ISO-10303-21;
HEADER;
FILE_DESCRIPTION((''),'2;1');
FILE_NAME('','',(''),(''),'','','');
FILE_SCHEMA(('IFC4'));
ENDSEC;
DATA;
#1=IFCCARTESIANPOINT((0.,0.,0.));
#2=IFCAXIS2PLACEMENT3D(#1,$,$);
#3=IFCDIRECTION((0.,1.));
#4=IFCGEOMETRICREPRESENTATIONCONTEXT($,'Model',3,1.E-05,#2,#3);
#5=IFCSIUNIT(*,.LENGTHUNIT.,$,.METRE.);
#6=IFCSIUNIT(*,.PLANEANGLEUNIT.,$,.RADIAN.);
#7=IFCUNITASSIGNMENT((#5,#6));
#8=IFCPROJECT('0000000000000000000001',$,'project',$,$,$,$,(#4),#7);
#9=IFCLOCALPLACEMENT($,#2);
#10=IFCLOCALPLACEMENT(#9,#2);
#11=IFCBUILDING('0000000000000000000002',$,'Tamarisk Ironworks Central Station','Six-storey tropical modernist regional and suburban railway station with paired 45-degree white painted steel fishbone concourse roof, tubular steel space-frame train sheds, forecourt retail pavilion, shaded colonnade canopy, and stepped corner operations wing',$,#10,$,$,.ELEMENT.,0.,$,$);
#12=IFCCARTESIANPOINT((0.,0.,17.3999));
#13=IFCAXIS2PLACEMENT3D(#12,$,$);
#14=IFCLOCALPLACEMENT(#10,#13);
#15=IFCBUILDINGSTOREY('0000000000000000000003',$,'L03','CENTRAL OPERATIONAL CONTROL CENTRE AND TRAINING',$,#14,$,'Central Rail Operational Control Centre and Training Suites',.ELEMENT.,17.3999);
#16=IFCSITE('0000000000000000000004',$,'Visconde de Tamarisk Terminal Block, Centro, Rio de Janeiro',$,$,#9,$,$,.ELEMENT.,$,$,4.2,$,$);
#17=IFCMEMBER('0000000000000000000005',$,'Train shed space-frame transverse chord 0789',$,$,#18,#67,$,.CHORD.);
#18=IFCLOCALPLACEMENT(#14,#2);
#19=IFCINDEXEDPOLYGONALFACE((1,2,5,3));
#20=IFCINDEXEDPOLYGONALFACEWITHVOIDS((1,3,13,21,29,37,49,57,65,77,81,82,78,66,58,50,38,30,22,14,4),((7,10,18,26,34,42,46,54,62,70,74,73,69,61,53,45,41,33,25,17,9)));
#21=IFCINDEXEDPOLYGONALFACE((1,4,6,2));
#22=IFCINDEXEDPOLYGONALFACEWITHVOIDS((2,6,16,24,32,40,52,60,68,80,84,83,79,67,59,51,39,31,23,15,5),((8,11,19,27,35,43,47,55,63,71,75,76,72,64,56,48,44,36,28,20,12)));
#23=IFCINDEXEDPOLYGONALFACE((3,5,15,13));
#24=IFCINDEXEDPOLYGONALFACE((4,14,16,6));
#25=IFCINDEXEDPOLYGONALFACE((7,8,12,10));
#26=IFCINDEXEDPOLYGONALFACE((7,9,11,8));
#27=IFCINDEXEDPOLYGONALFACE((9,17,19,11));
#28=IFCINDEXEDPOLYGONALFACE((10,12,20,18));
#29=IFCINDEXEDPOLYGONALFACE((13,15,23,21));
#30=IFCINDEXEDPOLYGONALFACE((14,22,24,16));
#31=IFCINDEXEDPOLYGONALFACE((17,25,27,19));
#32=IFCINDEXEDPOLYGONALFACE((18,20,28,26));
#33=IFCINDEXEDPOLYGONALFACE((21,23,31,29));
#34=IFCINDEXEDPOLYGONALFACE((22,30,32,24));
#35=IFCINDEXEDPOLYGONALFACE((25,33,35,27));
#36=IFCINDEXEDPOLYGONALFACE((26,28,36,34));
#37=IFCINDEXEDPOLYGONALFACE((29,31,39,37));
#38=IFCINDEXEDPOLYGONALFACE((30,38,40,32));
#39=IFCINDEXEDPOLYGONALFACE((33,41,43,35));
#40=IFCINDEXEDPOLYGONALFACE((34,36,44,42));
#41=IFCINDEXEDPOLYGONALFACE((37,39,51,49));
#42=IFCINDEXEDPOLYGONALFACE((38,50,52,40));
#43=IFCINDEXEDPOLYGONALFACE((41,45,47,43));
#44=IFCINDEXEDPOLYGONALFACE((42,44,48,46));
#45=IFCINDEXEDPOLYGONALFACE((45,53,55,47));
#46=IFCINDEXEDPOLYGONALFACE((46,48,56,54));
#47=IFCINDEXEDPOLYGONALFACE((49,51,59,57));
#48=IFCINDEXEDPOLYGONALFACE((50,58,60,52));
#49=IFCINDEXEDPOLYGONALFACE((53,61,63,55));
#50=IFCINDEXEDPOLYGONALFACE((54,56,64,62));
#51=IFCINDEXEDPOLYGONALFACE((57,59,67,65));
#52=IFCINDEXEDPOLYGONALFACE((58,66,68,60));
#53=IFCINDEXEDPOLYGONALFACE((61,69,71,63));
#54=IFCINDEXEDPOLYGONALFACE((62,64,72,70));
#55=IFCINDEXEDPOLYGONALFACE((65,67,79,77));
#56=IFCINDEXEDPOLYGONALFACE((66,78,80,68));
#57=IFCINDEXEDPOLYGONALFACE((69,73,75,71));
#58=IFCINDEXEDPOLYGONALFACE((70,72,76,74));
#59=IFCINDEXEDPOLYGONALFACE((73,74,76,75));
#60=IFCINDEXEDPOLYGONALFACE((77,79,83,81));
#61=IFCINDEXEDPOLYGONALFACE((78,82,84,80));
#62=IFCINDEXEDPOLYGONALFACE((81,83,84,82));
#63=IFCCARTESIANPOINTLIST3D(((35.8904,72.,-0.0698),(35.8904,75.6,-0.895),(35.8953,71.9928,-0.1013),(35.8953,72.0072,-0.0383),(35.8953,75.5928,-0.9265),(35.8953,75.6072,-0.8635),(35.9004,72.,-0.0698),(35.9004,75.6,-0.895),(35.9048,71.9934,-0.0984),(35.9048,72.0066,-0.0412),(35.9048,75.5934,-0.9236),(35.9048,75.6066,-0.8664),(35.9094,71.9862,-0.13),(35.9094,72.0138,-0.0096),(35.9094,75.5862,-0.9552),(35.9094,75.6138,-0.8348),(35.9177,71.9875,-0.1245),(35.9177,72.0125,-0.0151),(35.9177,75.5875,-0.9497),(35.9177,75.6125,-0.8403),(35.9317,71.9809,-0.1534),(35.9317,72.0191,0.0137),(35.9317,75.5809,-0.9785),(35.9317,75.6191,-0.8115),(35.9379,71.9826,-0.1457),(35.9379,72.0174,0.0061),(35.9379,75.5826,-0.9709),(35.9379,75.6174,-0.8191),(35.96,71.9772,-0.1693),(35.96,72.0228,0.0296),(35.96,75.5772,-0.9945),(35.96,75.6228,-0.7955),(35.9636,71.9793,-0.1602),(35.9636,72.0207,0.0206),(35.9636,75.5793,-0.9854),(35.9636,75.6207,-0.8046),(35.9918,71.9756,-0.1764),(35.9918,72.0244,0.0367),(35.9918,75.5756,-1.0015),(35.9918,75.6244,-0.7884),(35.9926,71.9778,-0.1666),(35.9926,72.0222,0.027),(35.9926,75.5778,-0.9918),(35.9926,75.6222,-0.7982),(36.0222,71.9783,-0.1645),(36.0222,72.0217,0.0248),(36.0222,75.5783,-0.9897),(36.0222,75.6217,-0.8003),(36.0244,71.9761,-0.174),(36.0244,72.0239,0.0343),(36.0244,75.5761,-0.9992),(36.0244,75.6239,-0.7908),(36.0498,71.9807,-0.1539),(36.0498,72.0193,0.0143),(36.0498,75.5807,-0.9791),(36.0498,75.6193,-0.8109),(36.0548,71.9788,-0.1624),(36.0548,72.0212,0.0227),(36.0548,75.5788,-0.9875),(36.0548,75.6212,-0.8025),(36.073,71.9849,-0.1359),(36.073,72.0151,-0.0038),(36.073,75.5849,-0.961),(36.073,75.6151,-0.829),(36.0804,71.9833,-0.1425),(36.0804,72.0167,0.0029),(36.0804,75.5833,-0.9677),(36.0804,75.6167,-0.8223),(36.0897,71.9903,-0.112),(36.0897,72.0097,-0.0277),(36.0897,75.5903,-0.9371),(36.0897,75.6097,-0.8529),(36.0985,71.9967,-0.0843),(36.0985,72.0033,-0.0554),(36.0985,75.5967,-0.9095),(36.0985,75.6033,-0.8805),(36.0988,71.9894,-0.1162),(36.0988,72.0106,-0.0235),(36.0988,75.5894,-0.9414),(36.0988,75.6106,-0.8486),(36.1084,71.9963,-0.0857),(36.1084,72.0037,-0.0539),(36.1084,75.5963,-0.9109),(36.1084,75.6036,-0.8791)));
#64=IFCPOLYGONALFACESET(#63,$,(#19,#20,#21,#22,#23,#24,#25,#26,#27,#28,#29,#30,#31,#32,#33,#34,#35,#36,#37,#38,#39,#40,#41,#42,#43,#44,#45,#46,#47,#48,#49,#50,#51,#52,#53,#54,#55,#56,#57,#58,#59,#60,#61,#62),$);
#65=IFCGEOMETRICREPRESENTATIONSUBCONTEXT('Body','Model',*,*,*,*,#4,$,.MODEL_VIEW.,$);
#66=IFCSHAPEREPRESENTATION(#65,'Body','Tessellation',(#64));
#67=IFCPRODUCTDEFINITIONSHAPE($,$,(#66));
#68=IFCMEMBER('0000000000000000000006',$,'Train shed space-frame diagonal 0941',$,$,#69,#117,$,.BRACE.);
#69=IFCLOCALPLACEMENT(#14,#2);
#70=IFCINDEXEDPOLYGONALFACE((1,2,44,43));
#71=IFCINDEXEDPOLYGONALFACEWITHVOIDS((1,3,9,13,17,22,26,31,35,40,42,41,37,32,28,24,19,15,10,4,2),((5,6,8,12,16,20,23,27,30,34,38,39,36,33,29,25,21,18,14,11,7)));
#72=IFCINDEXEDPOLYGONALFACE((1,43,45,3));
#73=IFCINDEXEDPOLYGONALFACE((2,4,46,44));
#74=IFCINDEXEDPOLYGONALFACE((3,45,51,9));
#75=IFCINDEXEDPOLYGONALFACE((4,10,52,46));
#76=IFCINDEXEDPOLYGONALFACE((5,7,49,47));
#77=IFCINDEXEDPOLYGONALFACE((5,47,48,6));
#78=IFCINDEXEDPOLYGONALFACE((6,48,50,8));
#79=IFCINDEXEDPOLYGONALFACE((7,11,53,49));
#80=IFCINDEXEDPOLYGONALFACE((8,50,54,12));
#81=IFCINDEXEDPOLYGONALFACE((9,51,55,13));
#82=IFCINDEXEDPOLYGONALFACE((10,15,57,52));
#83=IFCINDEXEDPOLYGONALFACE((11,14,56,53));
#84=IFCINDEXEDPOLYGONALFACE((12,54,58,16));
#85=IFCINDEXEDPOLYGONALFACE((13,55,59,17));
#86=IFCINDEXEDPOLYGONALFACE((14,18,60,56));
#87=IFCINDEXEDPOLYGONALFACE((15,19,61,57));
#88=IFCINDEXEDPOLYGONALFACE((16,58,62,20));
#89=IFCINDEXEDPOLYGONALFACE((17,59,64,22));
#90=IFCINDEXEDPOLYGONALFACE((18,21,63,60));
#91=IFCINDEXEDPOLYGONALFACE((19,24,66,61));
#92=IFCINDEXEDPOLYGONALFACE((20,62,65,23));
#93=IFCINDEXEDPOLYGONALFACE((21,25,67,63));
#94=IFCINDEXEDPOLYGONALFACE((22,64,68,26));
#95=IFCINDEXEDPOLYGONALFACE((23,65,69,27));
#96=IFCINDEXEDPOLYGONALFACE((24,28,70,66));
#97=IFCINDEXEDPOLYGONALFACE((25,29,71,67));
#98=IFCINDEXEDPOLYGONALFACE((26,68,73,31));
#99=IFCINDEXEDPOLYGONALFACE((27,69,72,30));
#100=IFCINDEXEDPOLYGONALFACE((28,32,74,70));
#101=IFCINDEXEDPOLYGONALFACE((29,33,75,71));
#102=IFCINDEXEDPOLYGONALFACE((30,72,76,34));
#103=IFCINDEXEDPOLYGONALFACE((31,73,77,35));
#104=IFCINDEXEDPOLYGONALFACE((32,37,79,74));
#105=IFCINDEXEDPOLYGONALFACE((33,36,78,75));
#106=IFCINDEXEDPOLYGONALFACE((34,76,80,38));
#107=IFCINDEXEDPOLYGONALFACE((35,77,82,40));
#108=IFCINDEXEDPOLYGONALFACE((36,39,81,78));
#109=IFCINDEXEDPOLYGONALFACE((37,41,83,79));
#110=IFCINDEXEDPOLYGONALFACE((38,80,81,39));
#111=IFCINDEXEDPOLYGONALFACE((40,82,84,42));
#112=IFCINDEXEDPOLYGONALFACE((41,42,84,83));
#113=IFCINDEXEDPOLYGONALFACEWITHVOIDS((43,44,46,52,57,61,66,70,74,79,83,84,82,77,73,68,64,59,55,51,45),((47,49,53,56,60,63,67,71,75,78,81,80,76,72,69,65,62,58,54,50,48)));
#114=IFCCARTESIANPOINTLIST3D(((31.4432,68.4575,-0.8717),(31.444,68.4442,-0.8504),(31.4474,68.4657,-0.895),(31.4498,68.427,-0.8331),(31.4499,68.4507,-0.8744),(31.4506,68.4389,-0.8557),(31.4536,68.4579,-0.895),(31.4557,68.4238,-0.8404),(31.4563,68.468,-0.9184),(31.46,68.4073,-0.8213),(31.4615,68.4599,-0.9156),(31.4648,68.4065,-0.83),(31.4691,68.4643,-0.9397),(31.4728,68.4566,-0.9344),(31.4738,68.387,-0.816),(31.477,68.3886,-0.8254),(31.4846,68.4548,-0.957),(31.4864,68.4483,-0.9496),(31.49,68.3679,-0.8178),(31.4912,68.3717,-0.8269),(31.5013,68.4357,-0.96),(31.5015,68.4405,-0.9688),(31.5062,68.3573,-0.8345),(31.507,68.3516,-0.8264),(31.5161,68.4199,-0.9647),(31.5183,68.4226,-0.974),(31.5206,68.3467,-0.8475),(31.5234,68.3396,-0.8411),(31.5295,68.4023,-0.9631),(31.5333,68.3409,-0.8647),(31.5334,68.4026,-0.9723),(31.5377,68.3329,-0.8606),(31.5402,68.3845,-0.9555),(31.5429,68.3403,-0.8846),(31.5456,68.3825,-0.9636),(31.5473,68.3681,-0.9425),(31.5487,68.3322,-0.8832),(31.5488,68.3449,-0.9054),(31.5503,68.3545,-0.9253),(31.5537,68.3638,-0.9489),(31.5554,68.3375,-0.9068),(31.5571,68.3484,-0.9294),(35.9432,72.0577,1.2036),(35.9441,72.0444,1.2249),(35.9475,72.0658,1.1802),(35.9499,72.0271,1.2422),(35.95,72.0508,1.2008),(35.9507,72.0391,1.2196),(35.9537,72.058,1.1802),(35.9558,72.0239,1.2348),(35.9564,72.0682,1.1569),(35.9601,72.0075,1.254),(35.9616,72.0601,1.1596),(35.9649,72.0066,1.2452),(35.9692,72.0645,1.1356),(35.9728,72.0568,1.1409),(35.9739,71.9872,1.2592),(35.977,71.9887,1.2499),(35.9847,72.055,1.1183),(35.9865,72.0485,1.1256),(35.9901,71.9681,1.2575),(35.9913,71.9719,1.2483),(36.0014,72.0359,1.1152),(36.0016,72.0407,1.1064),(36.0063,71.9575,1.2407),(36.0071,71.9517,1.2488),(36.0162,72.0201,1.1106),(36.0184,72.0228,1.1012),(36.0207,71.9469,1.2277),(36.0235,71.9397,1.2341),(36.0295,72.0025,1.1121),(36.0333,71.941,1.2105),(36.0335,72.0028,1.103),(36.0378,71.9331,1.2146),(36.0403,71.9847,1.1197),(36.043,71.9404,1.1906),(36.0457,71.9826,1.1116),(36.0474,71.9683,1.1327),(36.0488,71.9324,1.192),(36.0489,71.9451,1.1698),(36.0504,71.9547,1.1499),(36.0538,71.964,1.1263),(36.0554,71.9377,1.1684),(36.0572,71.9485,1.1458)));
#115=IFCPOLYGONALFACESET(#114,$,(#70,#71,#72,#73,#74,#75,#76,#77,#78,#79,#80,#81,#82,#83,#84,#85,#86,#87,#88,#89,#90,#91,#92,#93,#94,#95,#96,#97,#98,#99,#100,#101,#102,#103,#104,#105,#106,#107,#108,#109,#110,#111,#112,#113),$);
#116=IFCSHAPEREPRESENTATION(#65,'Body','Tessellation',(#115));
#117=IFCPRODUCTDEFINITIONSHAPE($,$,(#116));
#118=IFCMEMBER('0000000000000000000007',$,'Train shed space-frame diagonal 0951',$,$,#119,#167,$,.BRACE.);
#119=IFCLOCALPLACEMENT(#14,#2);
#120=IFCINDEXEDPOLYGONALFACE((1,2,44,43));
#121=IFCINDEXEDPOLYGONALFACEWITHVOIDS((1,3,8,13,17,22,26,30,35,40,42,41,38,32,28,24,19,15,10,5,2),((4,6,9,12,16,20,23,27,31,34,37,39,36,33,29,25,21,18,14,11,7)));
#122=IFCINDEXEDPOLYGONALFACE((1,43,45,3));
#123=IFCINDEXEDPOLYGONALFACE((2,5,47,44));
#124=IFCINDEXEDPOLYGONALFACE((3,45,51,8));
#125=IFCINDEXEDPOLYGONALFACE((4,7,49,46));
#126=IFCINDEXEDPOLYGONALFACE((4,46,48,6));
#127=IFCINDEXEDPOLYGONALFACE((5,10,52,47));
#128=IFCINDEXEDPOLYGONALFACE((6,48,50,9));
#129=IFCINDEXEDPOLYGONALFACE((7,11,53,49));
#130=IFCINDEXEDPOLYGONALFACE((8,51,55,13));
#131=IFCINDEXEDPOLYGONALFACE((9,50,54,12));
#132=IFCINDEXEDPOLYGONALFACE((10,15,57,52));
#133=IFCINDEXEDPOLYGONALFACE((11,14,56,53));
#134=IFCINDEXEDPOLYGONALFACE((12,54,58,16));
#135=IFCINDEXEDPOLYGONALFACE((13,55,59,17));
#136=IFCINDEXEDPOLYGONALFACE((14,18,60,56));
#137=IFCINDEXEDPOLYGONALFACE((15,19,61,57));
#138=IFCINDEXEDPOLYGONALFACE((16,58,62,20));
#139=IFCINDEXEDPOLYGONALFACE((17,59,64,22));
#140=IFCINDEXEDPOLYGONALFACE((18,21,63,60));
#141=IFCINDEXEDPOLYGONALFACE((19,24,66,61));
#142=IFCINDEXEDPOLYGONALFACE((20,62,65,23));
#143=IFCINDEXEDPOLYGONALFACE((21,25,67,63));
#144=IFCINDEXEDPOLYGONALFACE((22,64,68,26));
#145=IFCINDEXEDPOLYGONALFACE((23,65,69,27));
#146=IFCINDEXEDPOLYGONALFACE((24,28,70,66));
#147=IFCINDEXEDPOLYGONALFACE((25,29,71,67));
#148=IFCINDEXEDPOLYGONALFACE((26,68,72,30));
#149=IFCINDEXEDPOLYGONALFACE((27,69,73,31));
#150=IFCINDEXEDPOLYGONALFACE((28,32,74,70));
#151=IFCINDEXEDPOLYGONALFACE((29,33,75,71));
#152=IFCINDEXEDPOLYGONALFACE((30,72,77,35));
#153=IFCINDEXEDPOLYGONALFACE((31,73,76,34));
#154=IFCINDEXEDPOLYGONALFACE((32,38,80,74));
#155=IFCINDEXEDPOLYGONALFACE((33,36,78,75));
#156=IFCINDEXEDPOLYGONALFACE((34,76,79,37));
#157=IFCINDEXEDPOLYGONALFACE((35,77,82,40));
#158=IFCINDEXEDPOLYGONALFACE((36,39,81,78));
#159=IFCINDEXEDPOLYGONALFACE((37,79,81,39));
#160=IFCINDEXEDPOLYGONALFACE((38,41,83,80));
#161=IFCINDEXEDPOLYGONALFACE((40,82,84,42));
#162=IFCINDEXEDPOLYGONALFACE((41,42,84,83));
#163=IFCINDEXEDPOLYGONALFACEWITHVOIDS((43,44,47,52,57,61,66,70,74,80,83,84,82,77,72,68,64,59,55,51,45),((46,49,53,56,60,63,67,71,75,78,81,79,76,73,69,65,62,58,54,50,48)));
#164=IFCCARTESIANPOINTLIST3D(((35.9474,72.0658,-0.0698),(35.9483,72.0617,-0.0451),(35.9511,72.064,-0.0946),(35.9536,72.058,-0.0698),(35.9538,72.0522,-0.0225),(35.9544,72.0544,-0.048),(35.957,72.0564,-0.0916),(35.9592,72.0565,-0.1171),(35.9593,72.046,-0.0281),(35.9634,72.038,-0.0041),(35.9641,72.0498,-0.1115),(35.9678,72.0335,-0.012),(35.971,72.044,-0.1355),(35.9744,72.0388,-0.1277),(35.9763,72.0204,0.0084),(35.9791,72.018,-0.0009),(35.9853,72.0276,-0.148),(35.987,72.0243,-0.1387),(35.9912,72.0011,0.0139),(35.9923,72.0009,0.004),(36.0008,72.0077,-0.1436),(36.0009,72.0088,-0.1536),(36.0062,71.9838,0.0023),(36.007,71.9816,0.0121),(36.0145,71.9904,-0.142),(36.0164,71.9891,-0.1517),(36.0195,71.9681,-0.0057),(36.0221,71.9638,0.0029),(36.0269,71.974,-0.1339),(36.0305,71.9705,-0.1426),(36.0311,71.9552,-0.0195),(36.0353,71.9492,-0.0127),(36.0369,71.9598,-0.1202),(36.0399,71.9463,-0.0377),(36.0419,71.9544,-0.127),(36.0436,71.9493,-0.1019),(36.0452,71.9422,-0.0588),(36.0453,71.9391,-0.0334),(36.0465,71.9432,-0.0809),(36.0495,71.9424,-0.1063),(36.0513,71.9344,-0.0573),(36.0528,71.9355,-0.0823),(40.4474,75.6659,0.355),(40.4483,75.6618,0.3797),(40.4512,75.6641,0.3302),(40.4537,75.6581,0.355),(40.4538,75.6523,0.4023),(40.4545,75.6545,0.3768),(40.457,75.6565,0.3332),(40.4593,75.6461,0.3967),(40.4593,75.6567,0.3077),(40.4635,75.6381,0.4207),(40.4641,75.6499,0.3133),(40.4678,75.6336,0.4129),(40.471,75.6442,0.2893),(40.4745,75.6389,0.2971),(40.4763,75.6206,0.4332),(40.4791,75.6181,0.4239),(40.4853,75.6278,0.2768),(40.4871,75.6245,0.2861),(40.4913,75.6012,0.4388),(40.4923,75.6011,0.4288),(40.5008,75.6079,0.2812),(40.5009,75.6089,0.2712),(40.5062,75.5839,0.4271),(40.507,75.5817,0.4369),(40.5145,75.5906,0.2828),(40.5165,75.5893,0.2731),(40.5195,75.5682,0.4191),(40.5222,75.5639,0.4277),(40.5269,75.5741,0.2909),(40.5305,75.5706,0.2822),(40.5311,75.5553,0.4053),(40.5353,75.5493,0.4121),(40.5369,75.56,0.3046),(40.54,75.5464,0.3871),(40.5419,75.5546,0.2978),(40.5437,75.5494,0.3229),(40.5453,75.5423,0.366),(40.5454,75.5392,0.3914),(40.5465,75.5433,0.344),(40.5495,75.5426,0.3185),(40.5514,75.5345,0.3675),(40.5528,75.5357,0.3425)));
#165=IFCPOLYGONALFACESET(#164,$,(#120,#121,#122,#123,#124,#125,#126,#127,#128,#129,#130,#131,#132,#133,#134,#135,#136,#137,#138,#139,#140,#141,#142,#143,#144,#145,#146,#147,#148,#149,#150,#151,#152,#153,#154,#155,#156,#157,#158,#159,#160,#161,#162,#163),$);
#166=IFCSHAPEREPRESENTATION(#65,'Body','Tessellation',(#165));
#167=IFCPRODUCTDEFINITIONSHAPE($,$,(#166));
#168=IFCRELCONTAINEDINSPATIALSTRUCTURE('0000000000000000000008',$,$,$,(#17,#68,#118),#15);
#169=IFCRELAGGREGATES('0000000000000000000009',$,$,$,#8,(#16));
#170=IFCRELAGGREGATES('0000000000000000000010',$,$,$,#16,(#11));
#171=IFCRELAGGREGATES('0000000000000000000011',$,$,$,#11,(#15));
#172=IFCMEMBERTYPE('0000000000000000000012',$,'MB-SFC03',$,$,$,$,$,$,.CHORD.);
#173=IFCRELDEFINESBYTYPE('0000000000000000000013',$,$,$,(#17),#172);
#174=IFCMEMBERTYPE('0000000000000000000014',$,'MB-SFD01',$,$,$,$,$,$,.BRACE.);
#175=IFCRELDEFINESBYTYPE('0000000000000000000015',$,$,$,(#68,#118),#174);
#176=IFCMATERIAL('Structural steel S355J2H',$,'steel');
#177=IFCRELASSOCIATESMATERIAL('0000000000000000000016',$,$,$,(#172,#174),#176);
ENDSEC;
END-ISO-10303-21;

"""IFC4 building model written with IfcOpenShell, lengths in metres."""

from ifc_helpers import new_model, si_unit, direction, frame, origin, origin_2d, place, context, subcontext, project, spatial, hollow_circle, extrude, material, material_profile, profile_set, type_object, element, save


model = new_model("IFC4")

# Units and contexts
model_context = context("Model", 3, precision=1e-05, world=origin(), true_north=direction((0.0, 1.0)))
body_context = subcontext(model_context, "Body", "Model", "MODEL_VIEW")
ifc_project = project(units=[si_unit("LENGTHUNIT", "METRE"), si_unit("PLANEANGLEUNIT", "RADIAN")], contexts=[model_context])

# Site, building, storey
site_placement = place(None, origin())
site = spatial("IfcSite", under=ifc_project, at=site_placement, Name="Visconde de Tamarisk Terminal Block, Centro, Rio de Janeiro", CompositionType="ELEMENT", RefElevation=4.2)
building_placement = place(site_placement, origin())
building = spatial("IfcBuilding", under=site, at=building_placement, Name="Tamarisk Ironworks Central Station", Description="Six-storey tropical modernist regional and suburban railway station with paired 45-degree white painted steel fishbone concourse roof, tubular steel space-frame train sheds, forecourt retail pavilion, shaded colonnade canopy, and stepped corner operations wing", CompositionType="ELEMENT", ElevationOfRefHeight=0.0)
storey_placement = place(building_placement, frame((0.0, 0.0, 17.3999)))
storey = spatial("IfcBuildingStorey", under=building, at=storey_placement, Name="L03", Description="CENTRAL OPERATIONAL CONTROL CENTRE AND TRAINING", LongName="Central Rail Operational Control Centre and Training Suites", CompositionType="ELEMENT", Elevation=17.3999)

# Members
ifc_material = material(Name="Structural steel S355J2H", Category="steel")
ifc_material_profile_1 = material_profile(ifc_material, hollow_circle(Radius=0.1096, WallThickness=0.01, at=origin_2d()), Name="CHS 219.1x10")
ifc_profile_set_1 = profile_set([ifc_material_profile_1], Name="Structural steel S355J2H")
member_type_1 = type_object("IfcMemberType", Name="MB-SFC03", PredefinedType="CHORD", material=ifc_profile_set_1)
for number, where, z_axis, x_axis, name in (
    (1, (36.0, 72.0, -0.0698), (0.0, 0.974722, -0.223421), (-1.0, 0.0, 0.0), "Train shed space-frame transverse chord 0789"),
):
    element("IfcMember", number, at=place(storey_placement, frame(where, z_axis=z_axis, x_axis=x_axis)), inside=storey, type_object=member_type_1, Name=name, PredefinedType="CHORD", context=body_context, shape_type="SweptSolid", body=[
        extrude(hollow_circle(Radius=0.1096, WallThickness=0.01, at=origin_2d()), origin(), (0.0, 0.0, 1.0), 3.6934),
    ])
ifc_material_profile_2 = material_profile(ifc_material, hollow_circle(Radius=0.0842, WallThickness=0.01, at=origin_2d()), Name="CHS 168.3x10")
ifc_profile_set_2 = profile_set([ifc_material_profile_2], Name="Structural steel S355J2H")
member_type_2 = type_object("IfcMemberType", Name="MB-SFD01", PredefinedType="BRACE", material=ifc_profile_set_2)
member_1_placement = place(storey_placement, frame((31.5, 68.3999, -0.895), z_axis=(0.734679, 0.587759, 0.338801), x_axis=(-0.624705, 0.780861, 0.0)))
element("IfcMember", 2, at=member_1_placement, inside=storey, type_object=member_type_2, Name="Train shed space-frame diagonal 0941", PredefinedType="BRACE", context=body_context, shape_type="SweptSolid", body=[
    extrude(hollow_circle(Radius=0.0842, WallThickness=0.01, at=origin_2d()), origin(), (0.0, 0.0, 1.0), 6.1252),
])
member_2_placement = place(storey_placement, frame((36.0, 72.0, -0.0698), z_axis=(0.778748, 0.623015, 0.073515), x_axis=(-0.624705, 0.780861, 0.0)))
element("IfcMember", 3, at=member_2_placement, inside=storey, type_object=member_type_2, Name="Train shed space-frame diagonal 0951", PredefinedType="BRACE", context=body_context, shape_type="SweptSolid", body=[
    extrude(hollow_circle(Radius=0.0842, WallThickness=0.01, at=origin_2d()), origin(), (0.0, 0.0, 1.0), 5.7786),
])

save(model, "model.ifc")
